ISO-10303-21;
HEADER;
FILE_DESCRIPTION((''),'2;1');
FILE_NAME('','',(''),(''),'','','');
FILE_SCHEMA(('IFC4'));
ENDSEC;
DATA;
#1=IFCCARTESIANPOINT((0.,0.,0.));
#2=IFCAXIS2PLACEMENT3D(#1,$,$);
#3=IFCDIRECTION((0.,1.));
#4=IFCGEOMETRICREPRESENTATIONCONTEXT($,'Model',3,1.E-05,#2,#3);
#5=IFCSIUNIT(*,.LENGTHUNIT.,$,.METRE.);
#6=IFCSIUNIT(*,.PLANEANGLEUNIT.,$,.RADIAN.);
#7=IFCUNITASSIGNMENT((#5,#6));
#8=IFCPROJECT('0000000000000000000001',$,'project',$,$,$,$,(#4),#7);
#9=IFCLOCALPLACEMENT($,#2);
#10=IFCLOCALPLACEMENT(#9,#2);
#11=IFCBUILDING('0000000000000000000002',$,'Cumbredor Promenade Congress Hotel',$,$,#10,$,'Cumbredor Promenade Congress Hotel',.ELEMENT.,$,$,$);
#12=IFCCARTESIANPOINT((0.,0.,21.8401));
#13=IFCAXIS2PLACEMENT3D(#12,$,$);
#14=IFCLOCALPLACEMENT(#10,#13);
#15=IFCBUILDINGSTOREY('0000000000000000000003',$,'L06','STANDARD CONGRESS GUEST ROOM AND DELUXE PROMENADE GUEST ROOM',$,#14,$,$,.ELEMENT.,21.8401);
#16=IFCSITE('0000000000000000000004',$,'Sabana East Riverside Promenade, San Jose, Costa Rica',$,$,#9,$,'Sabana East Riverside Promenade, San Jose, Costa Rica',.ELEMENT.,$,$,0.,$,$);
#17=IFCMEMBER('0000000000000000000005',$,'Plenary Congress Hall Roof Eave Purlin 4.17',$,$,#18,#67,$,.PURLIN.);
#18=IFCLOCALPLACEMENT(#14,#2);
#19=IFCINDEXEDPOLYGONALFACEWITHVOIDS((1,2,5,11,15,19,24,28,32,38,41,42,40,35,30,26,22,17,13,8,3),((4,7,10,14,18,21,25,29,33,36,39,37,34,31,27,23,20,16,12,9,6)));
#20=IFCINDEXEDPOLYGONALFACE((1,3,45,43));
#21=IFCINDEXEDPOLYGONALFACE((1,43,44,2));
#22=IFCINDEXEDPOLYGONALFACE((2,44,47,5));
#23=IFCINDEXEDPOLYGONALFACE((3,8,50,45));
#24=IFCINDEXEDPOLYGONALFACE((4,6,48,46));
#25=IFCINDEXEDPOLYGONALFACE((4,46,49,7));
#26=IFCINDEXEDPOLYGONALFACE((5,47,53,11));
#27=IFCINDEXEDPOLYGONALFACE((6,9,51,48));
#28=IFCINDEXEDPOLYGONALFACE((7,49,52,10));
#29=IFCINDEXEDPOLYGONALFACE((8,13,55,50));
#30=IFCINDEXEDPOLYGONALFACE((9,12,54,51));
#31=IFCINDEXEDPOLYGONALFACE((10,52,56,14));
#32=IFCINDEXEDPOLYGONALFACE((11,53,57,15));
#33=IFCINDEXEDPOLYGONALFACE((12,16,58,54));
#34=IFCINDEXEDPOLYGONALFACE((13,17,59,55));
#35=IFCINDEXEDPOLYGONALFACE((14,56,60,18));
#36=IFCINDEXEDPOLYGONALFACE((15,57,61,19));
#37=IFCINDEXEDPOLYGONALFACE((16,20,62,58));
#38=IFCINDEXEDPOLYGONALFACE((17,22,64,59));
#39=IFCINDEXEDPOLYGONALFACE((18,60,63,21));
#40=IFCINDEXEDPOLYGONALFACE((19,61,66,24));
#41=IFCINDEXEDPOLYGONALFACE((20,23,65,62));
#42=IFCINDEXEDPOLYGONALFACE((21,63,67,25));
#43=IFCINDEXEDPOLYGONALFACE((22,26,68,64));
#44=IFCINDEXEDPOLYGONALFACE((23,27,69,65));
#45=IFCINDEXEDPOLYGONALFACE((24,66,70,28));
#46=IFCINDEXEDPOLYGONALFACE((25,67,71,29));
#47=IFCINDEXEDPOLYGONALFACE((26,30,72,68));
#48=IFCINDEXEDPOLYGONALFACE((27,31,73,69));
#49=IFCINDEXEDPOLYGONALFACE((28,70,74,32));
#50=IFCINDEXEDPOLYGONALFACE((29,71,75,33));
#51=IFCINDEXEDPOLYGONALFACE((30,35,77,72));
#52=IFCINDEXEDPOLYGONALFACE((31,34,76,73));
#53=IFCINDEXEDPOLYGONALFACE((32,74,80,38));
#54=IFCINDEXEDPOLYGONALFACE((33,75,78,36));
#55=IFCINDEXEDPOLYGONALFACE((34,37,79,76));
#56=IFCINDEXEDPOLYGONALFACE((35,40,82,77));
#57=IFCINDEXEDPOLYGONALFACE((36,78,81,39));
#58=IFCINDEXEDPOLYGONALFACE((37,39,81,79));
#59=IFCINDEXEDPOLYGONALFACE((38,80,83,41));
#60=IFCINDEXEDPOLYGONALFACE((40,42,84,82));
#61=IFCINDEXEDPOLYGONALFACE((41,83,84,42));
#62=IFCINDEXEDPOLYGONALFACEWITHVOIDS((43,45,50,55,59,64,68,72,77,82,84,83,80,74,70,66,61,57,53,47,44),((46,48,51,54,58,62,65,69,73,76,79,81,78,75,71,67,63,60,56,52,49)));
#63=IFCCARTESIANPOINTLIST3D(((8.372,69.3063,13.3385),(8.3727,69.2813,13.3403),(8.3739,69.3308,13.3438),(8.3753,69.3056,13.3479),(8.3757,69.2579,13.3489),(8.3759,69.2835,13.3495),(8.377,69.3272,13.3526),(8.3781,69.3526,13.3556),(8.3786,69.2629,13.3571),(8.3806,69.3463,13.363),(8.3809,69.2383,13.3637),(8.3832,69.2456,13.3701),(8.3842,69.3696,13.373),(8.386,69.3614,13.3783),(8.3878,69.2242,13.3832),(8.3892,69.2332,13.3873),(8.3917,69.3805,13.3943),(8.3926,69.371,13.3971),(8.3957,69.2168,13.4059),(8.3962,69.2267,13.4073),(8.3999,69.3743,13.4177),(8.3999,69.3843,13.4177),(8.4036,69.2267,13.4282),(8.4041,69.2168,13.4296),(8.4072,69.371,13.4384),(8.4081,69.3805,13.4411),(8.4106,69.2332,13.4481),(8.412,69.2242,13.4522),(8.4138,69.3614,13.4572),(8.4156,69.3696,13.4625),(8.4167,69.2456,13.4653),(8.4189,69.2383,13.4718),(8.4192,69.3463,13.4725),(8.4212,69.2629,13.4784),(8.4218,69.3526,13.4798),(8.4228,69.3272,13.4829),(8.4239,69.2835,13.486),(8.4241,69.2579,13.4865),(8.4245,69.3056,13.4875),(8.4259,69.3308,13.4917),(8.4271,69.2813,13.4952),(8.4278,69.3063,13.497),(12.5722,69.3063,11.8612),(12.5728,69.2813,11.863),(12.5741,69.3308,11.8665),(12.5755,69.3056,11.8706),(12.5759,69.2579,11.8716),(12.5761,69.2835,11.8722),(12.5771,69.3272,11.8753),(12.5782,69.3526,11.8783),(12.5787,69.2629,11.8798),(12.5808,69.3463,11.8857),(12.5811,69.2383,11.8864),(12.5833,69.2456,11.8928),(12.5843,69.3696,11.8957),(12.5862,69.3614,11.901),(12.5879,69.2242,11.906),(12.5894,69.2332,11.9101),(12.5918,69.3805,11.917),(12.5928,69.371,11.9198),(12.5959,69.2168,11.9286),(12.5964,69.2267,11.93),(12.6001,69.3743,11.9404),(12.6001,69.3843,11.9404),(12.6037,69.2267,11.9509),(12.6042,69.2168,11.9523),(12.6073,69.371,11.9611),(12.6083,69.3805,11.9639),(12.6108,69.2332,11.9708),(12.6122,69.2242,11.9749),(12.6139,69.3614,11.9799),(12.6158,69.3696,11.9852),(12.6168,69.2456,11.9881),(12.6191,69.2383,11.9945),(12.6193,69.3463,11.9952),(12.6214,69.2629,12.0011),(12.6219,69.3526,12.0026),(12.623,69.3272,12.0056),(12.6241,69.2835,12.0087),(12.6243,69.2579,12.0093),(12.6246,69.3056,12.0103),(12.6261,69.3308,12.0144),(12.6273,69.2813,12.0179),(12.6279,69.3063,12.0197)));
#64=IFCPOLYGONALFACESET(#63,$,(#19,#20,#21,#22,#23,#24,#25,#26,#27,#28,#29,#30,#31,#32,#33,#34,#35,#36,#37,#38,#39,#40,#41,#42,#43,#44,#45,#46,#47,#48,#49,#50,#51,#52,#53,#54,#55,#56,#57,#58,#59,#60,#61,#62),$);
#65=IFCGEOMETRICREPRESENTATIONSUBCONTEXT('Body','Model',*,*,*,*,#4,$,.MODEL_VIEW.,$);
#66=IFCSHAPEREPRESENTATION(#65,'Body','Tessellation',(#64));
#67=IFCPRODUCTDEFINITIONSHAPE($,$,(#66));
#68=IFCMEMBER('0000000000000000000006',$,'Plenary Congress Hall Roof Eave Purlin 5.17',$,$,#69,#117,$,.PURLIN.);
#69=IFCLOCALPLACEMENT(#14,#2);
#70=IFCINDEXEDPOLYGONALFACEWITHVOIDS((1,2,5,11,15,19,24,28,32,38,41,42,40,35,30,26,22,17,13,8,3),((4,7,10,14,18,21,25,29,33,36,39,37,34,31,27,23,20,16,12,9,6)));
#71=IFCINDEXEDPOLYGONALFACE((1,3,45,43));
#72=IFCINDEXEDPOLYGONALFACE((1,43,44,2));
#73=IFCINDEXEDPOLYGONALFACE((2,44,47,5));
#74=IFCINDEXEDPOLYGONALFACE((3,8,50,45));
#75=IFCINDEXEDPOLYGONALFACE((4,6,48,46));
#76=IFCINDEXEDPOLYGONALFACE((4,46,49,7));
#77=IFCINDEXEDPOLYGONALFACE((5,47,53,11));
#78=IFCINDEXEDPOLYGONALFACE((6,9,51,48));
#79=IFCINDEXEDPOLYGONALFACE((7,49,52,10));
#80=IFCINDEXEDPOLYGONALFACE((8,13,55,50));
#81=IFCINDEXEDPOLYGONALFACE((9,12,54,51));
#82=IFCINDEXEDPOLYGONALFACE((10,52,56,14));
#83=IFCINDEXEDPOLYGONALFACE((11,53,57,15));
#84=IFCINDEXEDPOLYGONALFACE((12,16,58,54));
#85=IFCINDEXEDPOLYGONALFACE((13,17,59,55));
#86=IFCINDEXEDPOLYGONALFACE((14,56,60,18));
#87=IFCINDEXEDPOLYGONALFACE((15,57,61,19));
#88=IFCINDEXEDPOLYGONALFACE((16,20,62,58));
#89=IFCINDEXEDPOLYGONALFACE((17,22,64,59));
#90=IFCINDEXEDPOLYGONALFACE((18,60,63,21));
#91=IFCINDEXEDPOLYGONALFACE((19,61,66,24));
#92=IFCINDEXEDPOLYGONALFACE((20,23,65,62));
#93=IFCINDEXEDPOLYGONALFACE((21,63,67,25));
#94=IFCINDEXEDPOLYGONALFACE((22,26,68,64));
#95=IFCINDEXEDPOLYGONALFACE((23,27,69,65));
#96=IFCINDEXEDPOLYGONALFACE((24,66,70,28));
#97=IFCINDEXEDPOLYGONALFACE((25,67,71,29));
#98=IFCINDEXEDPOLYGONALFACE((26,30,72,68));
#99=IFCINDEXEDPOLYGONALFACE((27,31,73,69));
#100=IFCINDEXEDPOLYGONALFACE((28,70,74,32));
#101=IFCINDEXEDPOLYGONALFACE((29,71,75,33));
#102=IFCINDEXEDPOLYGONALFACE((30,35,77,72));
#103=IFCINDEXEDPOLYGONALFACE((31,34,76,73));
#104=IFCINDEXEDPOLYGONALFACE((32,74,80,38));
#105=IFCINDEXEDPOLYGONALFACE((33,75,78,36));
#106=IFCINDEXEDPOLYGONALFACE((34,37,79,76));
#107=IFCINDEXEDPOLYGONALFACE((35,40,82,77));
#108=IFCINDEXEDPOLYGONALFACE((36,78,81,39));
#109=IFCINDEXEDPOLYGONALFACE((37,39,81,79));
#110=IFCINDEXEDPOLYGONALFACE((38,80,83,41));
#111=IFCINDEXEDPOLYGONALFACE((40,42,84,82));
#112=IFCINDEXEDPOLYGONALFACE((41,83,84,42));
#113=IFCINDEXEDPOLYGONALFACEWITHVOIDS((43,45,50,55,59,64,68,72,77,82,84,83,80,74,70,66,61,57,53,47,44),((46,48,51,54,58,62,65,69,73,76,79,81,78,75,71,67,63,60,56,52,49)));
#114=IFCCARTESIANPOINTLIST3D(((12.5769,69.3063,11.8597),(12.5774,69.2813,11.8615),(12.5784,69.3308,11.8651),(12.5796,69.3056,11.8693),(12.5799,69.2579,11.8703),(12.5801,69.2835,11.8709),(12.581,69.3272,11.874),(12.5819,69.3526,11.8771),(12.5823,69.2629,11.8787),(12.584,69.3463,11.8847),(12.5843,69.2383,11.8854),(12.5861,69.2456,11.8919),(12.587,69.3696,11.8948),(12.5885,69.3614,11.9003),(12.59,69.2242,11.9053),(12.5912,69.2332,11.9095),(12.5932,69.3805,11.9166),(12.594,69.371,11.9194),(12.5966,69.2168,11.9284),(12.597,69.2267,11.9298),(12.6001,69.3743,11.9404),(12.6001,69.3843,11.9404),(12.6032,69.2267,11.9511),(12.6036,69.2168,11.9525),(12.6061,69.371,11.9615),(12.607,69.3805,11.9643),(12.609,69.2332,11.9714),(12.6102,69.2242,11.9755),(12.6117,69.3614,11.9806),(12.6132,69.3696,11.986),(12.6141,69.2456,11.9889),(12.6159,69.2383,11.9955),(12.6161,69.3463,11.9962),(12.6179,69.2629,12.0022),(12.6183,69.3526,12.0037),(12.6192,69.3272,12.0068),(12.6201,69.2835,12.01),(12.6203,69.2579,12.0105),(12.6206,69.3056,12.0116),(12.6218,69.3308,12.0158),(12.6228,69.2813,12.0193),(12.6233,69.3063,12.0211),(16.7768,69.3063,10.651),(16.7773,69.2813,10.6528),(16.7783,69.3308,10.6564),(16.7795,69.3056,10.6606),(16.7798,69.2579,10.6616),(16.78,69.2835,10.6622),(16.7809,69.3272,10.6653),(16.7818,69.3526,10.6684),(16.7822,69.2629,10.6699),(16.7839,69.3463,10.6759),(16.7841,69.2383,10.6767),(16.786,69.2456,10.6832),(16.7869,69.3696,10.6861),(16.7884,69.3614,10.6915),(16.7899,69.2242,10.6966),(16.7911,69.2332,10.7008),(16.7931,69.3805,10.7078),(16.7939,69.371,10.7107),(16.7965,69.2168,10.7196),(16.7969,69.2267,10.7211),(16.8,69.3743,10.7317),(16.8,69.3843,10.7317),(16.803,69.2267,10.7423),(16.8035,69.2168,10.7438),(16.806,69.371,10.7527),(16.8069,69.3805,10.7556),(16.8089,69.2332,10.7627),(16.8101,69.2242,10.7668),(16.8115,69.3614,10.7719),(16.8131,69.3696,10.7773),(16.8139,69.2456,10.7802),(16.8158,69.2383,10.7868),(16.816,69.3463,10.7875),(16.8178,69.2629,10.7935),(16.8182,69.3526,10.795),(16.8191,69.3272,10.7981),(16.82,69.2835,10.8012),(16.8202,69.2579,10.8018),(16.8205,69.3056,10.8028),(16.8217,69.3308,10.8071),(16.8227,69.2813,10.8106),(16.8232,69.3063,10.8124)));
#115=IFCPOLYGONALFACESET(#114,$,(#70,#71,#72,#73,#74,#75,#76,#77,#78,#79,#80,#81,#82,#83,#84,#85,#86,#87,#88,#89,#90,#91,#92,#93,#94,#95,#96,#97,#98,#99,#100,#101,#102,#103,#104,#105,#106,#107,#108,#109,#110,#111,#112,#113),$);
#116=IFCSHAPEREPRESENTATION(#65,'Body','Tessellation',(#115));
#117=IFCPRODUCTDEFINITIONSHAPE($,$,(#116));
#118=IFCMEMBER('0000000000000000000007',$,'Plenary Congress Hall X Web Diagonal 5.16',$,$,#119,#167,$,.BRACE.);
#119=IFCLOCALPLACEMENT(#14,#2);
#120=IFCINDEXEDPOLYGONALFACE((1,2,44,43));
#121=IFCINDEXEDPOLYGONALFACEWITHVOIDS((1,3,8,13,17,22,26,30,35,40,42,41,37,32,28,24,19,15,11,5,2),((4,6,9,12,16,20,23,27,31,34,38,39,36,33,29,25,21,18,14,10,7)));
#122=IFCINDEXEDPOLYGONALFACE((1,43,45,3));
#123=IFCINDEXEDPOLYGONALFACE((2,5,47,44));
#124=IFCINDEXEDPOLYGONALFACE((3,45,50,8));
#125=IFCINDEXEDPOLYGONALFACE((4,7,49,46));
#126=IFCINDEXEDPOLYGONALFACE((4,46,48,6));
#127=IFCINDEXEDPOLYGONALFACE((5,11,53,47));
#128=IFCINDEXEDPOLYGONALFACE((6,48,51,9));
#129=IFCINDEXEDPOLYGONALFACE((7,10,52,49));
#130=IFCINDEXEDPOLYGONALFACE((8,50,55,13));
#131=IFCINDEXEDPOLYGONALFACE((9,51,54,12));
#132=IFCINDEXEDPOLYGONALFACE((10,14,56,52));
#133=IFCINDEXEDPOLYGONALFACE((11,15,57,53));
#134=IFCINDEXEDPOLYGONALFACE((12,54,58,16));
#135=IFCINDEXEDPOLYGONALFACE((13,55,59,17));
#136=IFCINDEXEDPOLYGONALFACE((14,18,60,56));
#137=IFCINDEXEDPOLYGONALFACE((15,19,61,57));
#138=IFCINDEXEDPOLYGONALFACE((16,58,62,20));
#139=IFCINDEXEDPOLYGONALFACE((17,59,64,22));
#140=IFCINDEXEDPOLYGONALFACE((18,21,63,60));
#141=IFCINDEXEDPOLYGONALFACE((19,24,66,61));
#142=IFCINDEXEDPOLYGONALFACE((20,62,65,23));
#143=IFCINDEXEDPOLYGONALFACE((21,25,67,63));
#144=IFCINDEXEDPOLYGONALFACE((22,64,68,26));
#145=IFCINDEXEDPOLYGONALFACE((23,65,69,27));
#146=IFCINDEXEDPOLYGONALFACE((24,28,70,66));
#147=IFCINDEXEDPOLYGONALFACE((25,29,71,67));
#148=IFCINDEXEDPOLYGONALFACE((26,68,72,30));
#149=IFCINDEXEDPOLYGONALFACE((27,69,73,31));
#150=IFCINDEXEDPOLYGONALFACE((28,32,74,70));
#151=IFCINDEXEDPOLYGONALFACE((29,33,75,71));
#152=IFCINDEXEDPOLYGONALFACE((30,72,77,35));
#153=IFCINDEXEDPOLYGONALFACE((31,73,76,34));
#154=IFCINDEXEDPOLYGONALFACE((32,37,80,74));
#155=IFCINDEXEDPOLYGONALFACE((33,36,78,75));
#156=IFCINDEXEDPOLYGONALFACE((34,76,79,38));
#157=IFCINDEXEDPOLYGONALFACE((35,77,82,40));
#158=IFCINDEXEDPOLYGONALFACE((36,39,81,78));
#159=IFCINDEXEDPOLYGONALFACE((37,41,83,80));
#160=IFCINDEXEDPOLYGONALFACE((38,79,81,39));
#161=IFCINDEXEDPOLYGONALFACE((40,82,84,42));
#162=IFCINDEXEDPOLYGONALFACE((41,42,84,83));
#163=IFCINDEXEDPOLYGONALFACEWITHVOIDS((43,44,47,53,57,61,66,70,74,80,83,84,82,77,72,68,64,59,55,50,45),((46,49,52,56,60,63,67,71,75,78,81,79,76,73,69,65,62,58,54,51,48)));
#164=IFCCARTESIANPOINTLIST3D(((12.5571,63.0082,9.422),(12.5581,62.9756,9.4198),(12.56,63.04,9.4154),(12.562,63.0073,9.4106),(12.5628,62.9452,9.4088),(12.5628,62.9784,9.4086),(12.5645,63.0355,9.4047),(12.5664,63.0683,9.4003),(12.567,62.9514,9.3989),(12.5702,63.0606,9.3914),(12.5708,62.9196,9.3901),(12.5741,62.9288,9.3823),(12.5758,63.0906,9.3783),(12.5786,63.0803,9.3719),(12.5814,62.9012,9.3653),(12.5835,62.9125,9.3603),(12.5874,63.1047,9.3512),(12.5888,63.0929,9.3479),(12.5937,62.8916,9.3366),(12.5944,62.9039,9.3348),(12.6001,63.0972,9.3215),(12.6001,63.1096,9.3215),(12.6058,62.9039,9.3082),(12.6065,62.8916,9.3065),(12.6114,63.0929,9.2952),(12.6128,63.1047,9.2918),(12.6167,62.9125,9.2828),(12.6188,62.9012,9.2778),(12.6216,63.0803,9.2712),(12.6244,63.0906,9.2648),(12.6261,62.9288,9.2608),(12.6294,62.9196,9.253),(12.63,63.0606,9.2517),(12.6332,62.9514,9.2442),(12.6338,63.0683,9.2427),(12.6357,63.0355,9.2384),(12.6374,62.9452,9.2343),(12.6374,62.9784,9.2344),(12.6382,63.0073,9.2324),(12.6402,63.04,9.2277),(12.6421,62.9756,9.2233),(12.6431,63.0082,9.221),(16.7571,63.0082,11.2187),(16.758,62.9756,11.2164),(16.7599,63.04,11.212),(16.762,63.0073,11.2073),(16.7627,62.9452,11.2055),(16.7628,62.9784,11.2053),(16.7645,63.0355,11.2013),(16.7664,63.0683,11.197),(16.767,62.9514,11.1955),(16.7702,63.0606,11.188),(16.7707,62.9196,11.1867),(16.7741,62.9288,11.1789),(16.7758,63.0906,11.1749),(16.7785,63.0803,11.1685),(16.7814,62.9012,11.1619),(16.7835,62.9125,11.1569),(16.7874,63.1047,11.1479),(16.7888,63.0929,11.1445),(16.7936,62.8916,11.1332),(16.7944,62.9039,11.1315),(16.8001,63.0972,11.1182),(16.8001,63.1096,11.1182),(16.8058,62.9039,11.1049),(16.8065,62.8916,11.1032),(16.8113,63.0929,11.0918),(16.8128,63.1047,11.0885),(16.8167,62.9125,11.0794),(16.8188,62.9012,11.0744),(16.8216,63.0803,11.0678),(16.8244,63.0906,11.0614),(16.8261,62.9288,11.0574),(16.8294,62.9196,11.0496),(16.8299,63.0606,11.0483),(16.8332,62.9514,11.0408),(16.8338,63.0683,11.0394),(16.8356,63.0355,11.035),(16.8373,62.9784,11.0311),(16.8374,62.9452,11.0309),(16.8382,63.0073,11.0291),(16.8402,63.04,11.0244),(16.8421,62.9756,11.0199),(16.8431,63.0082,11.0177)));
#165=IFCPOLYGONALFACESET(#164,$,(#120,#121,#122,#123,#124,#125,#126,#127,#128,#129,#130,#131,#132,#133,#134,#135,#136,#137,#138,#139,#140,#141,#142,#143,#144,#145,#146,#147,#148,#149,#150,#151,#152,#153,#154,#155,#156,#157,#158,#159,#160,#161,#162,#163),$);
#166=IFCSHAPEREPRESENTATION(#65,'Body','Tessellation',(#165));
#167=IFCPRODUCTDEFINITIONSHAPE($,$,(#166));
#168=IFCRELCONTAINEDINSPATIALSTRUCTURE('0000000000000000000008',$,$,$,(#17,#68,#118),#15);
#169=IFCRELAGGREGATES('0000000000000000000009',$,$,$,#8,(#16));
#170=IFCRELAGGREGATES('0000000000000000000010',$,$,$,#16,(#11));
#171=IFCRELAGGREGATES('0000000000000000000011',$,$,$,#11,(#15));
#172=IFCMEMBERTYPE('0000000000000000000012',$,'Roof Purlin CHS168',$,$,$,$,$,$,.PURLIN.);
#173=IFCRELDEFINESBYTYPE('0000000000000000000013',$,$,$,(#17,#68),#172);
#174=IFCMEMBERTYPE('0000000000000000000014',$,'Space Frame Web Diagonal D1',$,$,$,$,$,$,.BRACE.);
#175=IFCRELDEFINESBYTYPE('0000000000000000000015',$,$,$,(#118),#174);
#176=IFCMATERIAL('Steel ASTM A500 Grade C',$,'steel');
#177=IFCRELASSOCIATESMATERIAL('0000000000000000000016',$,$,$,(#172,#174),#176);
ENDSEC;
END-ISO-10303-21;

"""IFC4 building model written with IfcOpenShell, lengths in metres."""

from ifc_helpers import new_model, si_unit, direction, frame, origin, origin_2d, place, context, subcontext, project, spatial, hollow_circle, extrude, material, material_profile, profile_set, type_object, element, save


model = new_model("IFC4")

# Units and contexts
model_context = context("Model", 3, precision=1e-05, world=origin(), true_north=direction((0.0, 1.0)))
body_context = subcontext(model_context, "Body", "Model", "MODEL_VIEW")
ifc_project = project(units=[si_unit("LENGTHUNIT", "METRE"), si_unit("PLANEANGLEUNIT", "RADIAN")], contexts=[model_context])

# Site, building, storey
site_placement = place(None, origin())
site = spatial("IfcSite", under=ifc_project, at=site_placement, Name="Sabana East Riverside Promenade, San Jose, Costa Rica", LongName="Sabana East Riverside Promenade, San Jose, Costa Rica", CompositionType="ELEMENT", RefElevation=0.0)
building_placement = place(site_placement, origin())
building = spatial("IfcBuilding", under=site, at=building_placement, Name="Cumbredor Promenade Congress Hotel", LongName="Cumbredor Promenade Congress Hotel", CompositionType="ELEMENT")
storey_placement = place(building_placement, frame((0.0, 0.0, 21.8401)))
storey = spatial("IfcBuildingStorey", under=building, at=storey_placement, Name="L06", Description="STANDARD CONGRESS GUEST ROOM AND DELUXE PROMENADE GUEST ROOM", CompositionType="ELEMENT", Elevation=21.8401)

# Members
ifc_material_1 = material(Name="Steel ASTM A500 Grade C", Category="steel")
ifc_material_profile_1 = material_profile(ifc_material_1, hollow_circle(Radius=0.0842, WallThickness=0.01, at=origin_2d()), Name="CHS 168.3x10")
ifc_profile_set_1 = profile_set([ifc_material_profile_1], Name="Steel ASTM A500 Grade C")
member_type_1 = type_object("IfcMemberType", Name="Roof Purlin CHS168", PredefinedType="PURLIN", material=ifc_profile_set_1)
member_1_placement = place(storey_placement, frame((8.3999, 69.3, 13.4177), z_axis=(0.943351, 0.0, -0.331796), x_axis=(0.0, 1.0, 0.0)))
element("IfcMember", 1, at=member_1_placement, inside=storey, type_object=member_type_1, Name="Plenary Congress Hall Roof Eave Purlin 4.17", PredefinedType="PURLIN", context=body_context, shape_type="SweptSolid", body=[
    extrude(hollow_circle(Radius=0.0842, WallThickness=0.01, at=origin_2d()), origin(), (0.0, 0.0, 1.0), 4.4524),
])
member_2_placement = place(storey_placement, frame((12.6001, 69.3, 11.9404), z_axis=(0.960993, 0.0, -0.276572), x_axis=(0.0, 1.0, 0.0)))
element("IfcMember", 2, at=member_2_placement, inside=storey, type_object=member_type_1, Name="Plenary Congress Hall Roof Eave Purlin 5.17", PredefinedType="PURLIN", context=body_context, shape_type="SweptSolid", body=[
    extrude(hollow_circle(Radius=0.0842, WallThickness=0.01, at=origin_2d()), origin(), (0.0, 0.0, 1.0), 4.3704),
])
ifc_material_profile_2 = material_profile(ifc_material_1, hollow_circle(Radius=0.1096, WallThickness=0.0125, at=origin_2d()), Name="CHS 219.1x12.5")
ifc_profile_set_2 = profile_set([ifc_material_profile_2], Name="Steel ASTM A500 Grade C")
member_type_2 = type_object("IfcMemberType", Name="Space Frame Web Diagonal D1", PredefinedType="BRACE", material=ifc_profile_set_2)
member_3_placement = place(storey_placement, frame((12.6001, 63.0, 9.3215), z_axis=(0.91941, 0.0, 0.3933), x_axis=(0.0, 1.0, 0.0)))
element("IfcMember", 3, at=member_3_placement, inside=storey, type_object=member_type_2, Name="Plenary Congress Hall X Web Diagonal 5.16", PredefinedType="BRACE", context=body_context, shape_type="SweptSolid", body=[
    extrude(hollow_circle(Radius=0.1096, WallThickness=0.0125, at=origin_2d()), origin(), (0.0, 0.0, 1.0), 4.5681),
])

save(model, "model.ifc")
